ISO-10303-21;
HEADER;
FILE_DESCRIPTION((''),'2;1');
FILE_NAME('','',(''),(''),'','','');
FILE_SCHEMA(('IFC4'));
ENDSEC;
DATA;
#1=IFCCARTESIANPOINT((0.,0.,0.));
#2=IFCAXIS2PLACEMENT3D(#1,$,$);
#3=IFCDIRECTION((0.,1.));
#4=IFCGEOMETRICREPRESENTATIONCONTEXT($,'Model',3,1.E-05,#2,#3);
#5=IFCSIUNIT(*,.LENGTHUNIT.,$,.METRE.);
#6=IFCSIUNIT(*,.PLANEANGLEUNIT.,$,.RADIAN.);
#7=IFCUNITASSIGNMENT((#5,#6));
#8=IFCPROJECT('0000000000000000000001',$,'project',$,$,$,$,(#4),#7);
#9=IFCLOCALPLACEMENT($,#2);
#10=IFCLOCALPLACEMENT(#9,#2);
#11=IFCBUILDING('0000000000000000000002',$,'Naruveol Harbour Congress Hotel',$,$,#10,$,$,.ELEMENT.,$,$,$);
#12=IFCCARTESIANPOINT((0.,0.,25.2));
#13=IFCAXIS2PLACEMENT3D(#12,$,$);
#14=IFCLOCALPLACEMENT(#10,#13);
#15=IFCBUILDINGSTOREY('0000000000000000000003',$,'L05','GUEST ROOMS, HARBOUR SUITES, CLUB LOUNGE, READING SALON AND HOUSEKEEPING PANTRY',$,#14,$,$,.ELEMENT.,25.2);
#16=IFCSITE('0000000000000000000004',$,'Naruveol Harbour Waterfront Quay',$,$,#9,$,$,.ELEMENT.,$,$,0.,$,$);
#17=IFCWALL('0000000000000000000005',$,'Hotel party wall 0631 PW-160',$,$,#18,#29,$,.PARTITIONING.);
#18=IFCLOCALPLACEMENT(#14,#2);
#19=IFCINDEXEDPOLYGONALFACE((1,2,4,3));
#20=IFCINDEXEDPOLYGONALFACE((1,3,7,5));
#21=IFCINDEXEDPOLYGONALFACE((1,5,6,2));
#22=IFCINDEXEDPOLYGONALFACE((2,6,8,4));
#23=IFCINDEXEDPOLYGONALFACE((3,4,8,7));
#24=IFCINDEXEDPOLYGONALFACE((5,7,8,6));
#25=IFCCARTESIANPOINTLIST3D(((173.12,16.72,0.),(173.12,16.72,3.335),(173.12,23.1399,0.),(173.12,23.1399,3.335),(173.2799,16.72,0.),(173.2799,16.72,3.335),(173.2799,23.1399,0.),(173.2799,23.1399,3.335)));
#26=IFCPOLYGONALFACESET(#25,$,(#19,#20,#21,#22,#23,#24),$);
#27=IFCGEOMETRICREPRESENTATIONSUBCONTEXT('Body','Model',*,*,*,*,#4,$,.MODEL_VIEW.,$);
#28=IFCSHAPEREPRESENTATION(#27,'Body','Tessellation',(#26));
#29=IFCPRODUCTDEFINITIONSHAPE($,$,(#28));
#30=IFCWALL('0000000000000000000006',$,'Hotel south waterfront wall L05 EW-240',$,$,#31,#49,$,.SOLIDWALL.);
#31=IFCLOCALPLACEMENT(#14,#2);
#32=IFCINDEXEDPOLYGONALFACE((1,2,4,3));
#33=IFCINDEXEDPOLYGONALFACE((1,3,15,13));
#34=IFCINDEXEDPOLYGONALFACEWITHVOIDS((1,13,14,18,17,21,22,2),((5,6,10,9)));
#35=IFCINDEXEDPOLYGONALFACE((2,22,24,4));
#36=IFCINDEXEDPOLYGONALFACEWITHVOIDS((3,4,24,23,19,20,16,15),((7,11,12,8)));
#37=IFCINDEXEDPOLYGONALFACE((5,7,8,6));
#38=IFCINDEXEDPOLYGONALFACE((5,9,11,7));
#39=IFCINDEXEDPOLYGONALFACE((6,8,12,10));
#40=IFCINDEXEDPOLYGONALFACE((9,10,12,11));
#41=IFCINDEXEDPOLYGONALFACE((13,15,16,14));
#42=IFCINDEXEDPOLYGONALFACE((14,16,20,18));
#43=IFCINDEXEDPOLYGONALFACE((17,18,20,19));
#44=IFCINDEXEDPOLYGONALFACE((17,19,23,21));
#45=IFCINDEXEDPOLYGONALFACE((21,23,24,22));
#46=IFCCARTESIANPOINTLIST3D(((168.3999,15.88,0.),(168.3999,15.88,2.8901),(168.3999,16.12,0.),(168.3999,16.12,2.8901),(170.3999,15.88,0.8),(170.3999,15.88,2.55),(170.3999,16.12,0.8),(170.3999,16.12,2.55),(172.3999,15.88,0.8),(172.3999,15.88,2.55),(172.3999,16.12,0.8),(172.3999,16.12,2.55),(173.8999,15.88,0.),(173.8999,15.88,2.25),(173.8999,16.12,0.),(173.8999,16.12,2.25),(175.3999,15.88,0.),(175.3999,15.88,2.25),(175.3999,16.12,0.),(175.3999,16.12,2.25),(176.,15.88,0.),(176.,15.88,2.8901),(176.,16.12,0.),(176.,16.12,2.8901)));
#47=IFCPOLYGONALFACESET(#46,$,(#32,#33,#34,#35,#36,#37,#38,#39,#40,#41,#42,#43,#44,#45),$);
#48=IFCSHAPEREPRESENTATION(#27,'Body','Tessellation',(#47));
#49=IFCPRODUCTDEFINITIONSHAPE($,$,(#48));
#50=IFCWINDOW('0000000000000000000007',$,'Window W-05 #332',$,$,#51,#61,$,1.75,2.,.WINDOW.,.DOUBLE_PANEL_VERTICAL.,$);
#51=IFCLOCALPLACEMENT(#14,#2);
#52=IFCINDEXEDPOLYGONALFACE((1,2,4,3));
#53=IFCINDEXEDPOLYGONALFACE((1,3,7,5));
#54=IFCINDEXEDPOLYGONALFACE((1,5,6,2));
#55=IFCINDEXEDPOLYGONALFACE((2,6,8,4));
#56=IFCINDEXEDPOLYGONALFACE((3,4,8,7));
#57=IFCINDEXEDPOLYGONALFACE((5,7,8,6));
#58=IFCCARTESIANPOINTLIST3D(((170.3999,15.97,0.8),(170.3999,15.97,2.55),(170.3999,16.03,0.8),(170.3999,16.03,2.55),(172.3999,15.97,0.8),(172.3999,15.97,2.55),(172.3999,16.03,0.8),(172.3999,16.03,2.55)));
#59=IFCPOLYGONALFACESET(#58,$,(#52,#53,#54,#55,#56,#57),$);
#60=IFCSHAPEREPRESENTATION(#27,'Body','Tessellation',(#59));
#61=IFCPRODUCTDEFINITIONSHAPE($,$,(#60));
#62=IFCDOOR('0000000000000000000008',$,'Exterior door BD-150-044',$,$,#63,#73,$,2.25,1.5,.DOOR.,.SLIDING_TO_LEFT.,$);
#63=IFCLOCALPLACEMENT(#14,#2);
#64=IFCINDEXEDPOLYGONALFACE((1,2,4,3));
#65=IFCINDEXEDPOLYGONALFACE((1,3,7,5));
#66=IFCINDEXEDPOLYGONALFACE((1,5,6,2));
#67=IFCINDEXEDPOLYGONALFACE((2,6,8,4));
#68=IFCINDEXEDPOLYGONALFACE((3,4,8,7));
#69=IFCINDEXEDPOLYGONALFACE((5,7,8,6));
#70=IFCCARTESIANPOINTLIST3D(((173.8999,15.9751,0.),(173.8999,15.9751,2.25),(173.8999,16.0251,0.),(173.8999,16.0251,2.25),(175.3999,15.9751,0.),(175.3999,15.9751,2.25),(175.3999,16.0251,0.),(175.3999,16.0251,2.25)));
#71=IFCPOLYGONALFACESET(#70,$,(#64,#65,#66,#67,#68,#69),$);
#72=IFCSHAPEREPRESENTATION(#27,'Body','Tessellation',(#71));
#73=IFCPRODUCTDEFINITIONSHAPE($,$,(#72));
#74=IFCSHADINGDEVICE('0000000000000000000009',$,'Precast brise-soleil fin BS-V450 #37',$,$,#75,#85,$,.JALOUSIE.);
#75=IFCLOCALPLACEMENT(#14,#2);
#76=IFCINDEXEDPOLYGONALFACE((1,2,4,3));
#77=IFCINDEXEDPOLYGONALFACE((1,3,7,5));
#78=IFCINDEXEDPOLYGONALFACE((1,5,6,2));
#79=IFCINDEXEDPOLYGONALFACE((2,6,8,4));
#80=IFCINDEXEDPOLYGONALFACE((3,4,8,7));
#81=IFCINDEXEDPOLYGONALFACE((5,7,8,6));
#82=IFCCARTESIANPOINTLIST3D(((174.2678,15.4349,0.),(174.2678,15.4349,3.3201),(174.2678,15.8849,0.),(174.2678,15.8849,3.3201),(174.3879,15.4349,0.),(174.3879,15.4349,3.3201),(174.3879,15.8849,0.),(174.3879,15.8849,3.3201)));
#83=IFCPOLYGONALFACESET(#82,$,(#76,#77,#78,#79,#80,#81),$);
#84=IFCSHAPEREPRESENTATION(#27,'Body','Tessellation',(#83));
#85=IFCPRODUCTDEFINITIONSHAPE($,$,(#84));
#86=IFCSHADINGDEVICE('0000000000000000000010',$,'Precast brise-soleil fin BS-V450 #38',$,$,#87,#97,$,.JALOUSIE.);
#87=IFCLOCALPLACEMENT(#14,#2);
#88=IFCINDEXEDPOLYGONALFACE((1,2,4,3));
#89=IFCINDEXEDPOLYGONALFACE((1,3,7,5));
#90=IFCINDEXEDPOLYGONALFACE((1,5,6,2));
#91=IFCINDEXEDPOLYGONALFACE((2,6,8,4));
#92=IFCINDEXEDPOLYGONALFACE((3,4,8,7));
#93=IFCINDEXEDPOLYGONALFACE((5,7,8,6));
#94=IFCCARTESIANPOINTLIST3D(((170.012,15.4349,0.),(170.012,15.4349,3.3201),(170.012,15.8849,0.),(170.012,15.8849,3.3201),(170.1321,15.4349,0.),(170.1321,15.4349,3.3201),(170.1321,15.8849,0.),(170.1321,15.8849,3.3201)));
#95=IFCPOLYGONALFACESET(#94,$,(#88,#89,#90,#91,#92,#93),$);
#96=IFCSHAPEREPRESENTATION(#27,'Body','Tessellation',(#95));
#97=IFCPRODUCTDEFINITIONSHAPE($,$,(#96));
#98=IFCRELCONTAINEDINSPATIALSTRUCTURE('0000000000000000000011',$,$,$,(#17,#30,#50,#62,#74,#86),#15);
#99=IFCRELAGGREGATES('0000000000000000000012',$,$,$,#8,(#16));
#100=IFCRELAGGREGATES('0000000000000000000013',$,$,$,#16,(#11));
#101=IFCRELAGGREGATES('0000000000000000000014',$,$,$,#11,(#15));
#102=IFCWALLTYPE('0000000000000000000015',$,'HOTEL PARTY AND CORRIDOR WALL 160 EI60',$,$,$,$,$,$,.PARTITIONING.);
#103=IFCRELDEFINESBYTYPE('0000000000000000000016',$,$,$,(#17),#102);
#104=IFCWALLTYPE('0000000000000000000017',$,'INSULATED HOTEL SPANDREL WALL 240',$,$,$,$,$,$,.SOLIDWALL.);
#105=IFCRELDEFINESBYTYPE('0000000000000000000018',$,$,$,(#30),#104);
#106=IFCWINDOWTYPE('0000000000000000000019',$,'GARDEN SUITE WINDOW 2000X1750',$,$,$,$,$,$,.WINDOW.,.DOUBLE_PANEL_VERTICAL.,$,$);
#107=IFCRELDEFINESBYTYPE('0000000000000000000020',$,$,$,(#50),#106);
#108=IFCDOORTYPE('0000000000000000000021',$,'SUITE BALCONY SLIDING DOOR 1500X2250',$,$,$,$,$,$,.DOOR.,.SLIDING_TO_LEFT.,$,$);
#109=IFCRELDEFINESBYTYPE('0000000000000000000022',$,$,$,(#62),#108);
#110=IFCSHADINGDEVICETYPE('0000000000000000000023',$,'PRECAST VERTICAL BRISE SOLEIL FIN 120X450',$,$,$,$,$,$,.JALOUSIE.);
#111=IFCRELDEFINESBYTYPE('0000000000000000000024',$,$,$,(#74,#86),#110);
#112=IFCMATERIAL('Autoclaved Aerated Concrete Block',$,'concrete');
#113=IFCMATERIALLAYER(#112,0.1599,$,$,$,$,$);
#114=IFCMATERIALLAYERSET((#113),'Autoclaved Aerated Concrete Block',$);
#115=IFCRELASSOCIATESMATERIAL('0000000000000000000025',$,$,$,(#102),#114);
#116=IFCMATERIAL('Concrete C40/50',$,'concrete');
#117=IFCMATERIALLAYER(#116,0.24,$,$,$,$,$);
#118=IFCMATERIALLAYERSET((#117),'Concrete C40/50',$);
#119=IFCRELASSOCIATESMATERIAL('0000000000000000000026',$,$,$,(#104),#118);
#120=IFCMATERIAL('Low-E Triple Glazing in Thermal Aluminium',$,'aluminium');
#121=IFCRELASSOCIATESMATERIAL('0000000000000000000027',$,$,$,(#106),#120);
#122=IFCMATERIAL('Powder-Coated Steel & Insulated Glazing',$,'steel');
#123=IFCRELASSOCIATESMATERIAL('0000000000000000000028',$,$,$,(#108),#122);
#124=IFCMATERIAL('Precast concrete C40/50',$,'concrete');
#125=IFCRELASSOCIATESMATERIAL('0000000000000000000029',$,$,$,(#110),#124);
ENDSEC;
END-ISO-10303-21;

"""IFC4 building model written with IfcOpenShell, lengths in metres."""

from ifc_helpers import new_model, si_unit, direction, frame, frame_2d, origin, origin_2d, place, context, subcontext, project, spatial, rectangle, extrude, material, layer, layer_set, type_object, element, fill, save


model = new_model("IFC4")

# Units and contexts
model_context = context("Model", 3, precision=1e-05, world=origin(), true_north=direction((0.0, 1.0)))
body_context = subcontext(model_context, "Body", "Model", "MODEL_VIEW")
ifc_project = project(units=[si_unit("LENGTHUNIT", "METRE"), si_unit("PLANEANGLEUNIT", "RADIAN")], contexts=[model_context])

# Site, building, storey
site_placement = place(None, origin())
site = spatial("IfcSite", under=ifc_project, at=site_placement, Name="Naruveol Harbour Waterfront Quay", CompositionType="ELEMENT", RefElevation=0.0)
building_placement = place(site_placement, origin())
building = spatial("IfcBuilding", under=site, at=building_placement, Name="Naruveol Harbour Congress Hotel", CompositionType="ELEMENT")
storey_placement = place(building_placement, frame((0.0, 0.0, 25.2)))
storey = spatial("IfcBuildingStorey", under=building, at=storey_placement, Name="L05", Description="GUEST ROOMS, HARBOUR SUITES, CLUB LOUNGE, READING SALON AND HOUSEKEEPING PANTRY", CompositionType="ELEMENT", Elevation=25.2)

# Shared definitions
ifc_material_1 = material(Name="Autoclaved Aerated Concrete Block", Category="concrete")
ifc_layer_1 = layer(ifc_material_1, 0.1599)
ifc_layer_set_1 = layer_set([ifc_layer_1], Name="Autoclaved Aerated Concrete Block")
wall_type_1 = type_object("IfcWallType", Name="HOTEL PARTY AND CORRIDOR WALL 160 EI60", PredefinedType="PARTITIONING", material=ifc_layer_set_1)

# Wall
wall_1_placement = place(storey_placement, frame((173.2, 16.72, 0.0), z_axis=(0.0, 0.0, 1.0), x_axis=(0.0, 1.0, 0.0)))
element("IfcWall", 1, at=wall_1_placement, inside=storey, type_object=wall_type_1, Name="Hotel party wall 0631 PW-160", PredefinedType="PARTITIONING", context=body_context, shape_type="SweptSolid", body=[
    extrude(rectangle(XDim=6.4199, YDim=0.1599, at=frame_2d((3.21, 0.0))), origin(), (0.0, 0.0, 1.0), 3.335),
])

# Wall, openings, window, door
ifc_material_2 = material(Name="Concrete C40/50", Category="concrete")
ifc_layer_2 = layer(ifc_material_2, 0.24)
ifc_layer_set_2 = layer_set([ifc_layer_2], Name="Concrete C40/50")
wall_type_2 = type_object("IfcWallType", Name="INSULATED HOTEL SPANDREL WALL 240", PredefinedType="SOLIDWALL", material=ifc_layer_set_2)
wall_2_placement = place(storey_placement, frame((176.0, 16.0, 0.0), z_axis=(0.0, 0.0, 1.0), x_axis=(-1.0, 0.0, 0.0)))
wall_2 = element("IfcWall", 2, at=wall_2_placement, inside=storey, type_object=wall_type_2, Name="Hotel south waterfront wall L05 EW-240", PredefinedType="SOLIDWALL", context=body_context, shape_type="SweptSolid", body=[
    extrude(rectangle(XDim=7.6001, YDim=0.24, at=frame_2d((3.8, 0.0))), origin(), (0.0, 0.0, 1.0), 2.8901),
])
opening_1_placement = place(wall_2_placement, frame((0.6001, 0.0, 0.0)))
opening_1 = element("IfcOpeningElement", 3, at=opening_1_placement, cuts=wall_2, PredefinedType="OPENING", context=body_context, shape_type="SweptSolid", body=[
    extrude(rectangle(XDim=1.5, YDim=2.25, at=frame_2d((0.75, 1.125))), frame((0.0, 0.1299, 0.0), z_axis=(0.0, -1.0, 0.0), x_axis=(1.0, 0.0, 0.0)), (0.0, 0.0, 1.0), 0.26),
])
opening_2_placement = place(wall_2_placement, frame((3.6001, 0.0, 0.8)))
opening_2 = element("IfcOpeningElement", 4, at=opening_2_placement, cuts=wall_2, PredefinedType="OPENING", context=body_context, shape_type="SweptSolid", body=[
    extrude(rectangle(XDim=2.0, YDim=1.75, at=frame_2d((1.0, 0.875))), frame((0.0, 0.1299, 0.0), z_axis=(0.0, -1.0, 0.0), x_axis=(1.0, 0.0, 0.0)), (0.0, 0.0, 1.0), 0.26),
])
ifc_material_3 = material(Name="Low-E Triple Glazing in Thermal Aluminium", Category="aluminium")
window_type = type_object("IfcWindowType", Name="GARDEN SUITE WINDOW 2000X1750", PartitioningType="DOUBLE_PANEL_VERTICAL", PredefinedType="WINDOW", material=ifc_material_3)
window_placement = place(opening_2_placement, origin())
window = element("IfcWindow", 5, at=window_placement, inside=storey, type_object=window_type, Name="Window W-05 #332", OverallHeight=1.75, OverallWidth=2.0, PartitioningType="DOUBLE_PANEL_VERTICAL", PredefinedType="WINDOW", context=body_context, shape_type="SweptSolid", body=[
    extrude(rectangle(XDim=2.0, YDim=1.75, at=frame_2d((1.0, 0.875))), frame((0.0, 0.03, 0.0), z_axis=(0.0, -1.0, 0.0), x_axis=(1.0, 0.0, 0.0)), (0.0, 0.0, 1.0), 0.0601),
])
fill(opening_2, window)
ifc_material_4 = material(Name="Powder-Coated Steel & Insulated Glazing", Category="steel")
door_type_1 = type_object("IfcDoorType", Name="SUITE BALCONY SLIDING DOOR 1500X2250", OperationType="SLIDING_TO_LEFT", PredefinedType="DOOR", material=ifc_material_4)
door_1_placement = place(opening_1_placement, origin())
door_1 = element("IfcDoor", 6, at=door_1_placement, inside=storey, type_object=door_type_1, Name="Exterior door BD-150-044", OperationType="SLIDING_TO_LEFT", OverallHeight=2.25, OverallWidth=1.5, PredefinedType="DOOR", context=body_context, shape_type="SweptSolid", body=[
    extrude(rectangle(XDim=1.5, YDim=2.25, at=frame_2d((0.75, 1.125))), frame((0.0, 0.0249, 0.0), z_axis=(0.0, -1.0, 0.0), x_axis=(1.0, 0.0, 0.0)), (0.0, 0.0, 1.0), 0.05),
])
fill(opening_1, door_1)

# Shading devices
ifc_material_5 = material(Name="Precast concrete C40/50", Category="concrete")
shading_device_type = type_object("IfcShadingDeviceType", Name="PRECAST VERTICAL BRISE SOLEIL FIN 120X450", PredefinedType="JALOUSIE", material=ifc_material_5)
for number, where, z_axis, x_axis, name in (
    (7, (174.3279, 15.6599, 0.0), (0.0, 0.0, 1.0), (-1.0, 0.0, 0.0), "Precast brise-soleil fin BS-V450 #37"),
    (8, (170.072, 15.6599, 0.0), (0.0, 0.0, 1.0), (-1.0, 0.0, 0.0), "Precast brise-soleil fin BS-V450 #38"),
):
    element("IfcShadingDevice", number, at=place(storey_placement, frame(where, z_axis=z_axis, x_axis=x_axis)), inside=storey, type_object=shading_device_type, Name=name, PredefinedType="JALOUSIE", context=body_context, shape_type="SweptSolid", body=[
        extrude(rectangle(XDim=0.1201, YDim=0.45, at=origin_2d()), origin(), (0.0, 0.0, 1.0), 3.3201),
    ])

save(model, "model.ifc")
